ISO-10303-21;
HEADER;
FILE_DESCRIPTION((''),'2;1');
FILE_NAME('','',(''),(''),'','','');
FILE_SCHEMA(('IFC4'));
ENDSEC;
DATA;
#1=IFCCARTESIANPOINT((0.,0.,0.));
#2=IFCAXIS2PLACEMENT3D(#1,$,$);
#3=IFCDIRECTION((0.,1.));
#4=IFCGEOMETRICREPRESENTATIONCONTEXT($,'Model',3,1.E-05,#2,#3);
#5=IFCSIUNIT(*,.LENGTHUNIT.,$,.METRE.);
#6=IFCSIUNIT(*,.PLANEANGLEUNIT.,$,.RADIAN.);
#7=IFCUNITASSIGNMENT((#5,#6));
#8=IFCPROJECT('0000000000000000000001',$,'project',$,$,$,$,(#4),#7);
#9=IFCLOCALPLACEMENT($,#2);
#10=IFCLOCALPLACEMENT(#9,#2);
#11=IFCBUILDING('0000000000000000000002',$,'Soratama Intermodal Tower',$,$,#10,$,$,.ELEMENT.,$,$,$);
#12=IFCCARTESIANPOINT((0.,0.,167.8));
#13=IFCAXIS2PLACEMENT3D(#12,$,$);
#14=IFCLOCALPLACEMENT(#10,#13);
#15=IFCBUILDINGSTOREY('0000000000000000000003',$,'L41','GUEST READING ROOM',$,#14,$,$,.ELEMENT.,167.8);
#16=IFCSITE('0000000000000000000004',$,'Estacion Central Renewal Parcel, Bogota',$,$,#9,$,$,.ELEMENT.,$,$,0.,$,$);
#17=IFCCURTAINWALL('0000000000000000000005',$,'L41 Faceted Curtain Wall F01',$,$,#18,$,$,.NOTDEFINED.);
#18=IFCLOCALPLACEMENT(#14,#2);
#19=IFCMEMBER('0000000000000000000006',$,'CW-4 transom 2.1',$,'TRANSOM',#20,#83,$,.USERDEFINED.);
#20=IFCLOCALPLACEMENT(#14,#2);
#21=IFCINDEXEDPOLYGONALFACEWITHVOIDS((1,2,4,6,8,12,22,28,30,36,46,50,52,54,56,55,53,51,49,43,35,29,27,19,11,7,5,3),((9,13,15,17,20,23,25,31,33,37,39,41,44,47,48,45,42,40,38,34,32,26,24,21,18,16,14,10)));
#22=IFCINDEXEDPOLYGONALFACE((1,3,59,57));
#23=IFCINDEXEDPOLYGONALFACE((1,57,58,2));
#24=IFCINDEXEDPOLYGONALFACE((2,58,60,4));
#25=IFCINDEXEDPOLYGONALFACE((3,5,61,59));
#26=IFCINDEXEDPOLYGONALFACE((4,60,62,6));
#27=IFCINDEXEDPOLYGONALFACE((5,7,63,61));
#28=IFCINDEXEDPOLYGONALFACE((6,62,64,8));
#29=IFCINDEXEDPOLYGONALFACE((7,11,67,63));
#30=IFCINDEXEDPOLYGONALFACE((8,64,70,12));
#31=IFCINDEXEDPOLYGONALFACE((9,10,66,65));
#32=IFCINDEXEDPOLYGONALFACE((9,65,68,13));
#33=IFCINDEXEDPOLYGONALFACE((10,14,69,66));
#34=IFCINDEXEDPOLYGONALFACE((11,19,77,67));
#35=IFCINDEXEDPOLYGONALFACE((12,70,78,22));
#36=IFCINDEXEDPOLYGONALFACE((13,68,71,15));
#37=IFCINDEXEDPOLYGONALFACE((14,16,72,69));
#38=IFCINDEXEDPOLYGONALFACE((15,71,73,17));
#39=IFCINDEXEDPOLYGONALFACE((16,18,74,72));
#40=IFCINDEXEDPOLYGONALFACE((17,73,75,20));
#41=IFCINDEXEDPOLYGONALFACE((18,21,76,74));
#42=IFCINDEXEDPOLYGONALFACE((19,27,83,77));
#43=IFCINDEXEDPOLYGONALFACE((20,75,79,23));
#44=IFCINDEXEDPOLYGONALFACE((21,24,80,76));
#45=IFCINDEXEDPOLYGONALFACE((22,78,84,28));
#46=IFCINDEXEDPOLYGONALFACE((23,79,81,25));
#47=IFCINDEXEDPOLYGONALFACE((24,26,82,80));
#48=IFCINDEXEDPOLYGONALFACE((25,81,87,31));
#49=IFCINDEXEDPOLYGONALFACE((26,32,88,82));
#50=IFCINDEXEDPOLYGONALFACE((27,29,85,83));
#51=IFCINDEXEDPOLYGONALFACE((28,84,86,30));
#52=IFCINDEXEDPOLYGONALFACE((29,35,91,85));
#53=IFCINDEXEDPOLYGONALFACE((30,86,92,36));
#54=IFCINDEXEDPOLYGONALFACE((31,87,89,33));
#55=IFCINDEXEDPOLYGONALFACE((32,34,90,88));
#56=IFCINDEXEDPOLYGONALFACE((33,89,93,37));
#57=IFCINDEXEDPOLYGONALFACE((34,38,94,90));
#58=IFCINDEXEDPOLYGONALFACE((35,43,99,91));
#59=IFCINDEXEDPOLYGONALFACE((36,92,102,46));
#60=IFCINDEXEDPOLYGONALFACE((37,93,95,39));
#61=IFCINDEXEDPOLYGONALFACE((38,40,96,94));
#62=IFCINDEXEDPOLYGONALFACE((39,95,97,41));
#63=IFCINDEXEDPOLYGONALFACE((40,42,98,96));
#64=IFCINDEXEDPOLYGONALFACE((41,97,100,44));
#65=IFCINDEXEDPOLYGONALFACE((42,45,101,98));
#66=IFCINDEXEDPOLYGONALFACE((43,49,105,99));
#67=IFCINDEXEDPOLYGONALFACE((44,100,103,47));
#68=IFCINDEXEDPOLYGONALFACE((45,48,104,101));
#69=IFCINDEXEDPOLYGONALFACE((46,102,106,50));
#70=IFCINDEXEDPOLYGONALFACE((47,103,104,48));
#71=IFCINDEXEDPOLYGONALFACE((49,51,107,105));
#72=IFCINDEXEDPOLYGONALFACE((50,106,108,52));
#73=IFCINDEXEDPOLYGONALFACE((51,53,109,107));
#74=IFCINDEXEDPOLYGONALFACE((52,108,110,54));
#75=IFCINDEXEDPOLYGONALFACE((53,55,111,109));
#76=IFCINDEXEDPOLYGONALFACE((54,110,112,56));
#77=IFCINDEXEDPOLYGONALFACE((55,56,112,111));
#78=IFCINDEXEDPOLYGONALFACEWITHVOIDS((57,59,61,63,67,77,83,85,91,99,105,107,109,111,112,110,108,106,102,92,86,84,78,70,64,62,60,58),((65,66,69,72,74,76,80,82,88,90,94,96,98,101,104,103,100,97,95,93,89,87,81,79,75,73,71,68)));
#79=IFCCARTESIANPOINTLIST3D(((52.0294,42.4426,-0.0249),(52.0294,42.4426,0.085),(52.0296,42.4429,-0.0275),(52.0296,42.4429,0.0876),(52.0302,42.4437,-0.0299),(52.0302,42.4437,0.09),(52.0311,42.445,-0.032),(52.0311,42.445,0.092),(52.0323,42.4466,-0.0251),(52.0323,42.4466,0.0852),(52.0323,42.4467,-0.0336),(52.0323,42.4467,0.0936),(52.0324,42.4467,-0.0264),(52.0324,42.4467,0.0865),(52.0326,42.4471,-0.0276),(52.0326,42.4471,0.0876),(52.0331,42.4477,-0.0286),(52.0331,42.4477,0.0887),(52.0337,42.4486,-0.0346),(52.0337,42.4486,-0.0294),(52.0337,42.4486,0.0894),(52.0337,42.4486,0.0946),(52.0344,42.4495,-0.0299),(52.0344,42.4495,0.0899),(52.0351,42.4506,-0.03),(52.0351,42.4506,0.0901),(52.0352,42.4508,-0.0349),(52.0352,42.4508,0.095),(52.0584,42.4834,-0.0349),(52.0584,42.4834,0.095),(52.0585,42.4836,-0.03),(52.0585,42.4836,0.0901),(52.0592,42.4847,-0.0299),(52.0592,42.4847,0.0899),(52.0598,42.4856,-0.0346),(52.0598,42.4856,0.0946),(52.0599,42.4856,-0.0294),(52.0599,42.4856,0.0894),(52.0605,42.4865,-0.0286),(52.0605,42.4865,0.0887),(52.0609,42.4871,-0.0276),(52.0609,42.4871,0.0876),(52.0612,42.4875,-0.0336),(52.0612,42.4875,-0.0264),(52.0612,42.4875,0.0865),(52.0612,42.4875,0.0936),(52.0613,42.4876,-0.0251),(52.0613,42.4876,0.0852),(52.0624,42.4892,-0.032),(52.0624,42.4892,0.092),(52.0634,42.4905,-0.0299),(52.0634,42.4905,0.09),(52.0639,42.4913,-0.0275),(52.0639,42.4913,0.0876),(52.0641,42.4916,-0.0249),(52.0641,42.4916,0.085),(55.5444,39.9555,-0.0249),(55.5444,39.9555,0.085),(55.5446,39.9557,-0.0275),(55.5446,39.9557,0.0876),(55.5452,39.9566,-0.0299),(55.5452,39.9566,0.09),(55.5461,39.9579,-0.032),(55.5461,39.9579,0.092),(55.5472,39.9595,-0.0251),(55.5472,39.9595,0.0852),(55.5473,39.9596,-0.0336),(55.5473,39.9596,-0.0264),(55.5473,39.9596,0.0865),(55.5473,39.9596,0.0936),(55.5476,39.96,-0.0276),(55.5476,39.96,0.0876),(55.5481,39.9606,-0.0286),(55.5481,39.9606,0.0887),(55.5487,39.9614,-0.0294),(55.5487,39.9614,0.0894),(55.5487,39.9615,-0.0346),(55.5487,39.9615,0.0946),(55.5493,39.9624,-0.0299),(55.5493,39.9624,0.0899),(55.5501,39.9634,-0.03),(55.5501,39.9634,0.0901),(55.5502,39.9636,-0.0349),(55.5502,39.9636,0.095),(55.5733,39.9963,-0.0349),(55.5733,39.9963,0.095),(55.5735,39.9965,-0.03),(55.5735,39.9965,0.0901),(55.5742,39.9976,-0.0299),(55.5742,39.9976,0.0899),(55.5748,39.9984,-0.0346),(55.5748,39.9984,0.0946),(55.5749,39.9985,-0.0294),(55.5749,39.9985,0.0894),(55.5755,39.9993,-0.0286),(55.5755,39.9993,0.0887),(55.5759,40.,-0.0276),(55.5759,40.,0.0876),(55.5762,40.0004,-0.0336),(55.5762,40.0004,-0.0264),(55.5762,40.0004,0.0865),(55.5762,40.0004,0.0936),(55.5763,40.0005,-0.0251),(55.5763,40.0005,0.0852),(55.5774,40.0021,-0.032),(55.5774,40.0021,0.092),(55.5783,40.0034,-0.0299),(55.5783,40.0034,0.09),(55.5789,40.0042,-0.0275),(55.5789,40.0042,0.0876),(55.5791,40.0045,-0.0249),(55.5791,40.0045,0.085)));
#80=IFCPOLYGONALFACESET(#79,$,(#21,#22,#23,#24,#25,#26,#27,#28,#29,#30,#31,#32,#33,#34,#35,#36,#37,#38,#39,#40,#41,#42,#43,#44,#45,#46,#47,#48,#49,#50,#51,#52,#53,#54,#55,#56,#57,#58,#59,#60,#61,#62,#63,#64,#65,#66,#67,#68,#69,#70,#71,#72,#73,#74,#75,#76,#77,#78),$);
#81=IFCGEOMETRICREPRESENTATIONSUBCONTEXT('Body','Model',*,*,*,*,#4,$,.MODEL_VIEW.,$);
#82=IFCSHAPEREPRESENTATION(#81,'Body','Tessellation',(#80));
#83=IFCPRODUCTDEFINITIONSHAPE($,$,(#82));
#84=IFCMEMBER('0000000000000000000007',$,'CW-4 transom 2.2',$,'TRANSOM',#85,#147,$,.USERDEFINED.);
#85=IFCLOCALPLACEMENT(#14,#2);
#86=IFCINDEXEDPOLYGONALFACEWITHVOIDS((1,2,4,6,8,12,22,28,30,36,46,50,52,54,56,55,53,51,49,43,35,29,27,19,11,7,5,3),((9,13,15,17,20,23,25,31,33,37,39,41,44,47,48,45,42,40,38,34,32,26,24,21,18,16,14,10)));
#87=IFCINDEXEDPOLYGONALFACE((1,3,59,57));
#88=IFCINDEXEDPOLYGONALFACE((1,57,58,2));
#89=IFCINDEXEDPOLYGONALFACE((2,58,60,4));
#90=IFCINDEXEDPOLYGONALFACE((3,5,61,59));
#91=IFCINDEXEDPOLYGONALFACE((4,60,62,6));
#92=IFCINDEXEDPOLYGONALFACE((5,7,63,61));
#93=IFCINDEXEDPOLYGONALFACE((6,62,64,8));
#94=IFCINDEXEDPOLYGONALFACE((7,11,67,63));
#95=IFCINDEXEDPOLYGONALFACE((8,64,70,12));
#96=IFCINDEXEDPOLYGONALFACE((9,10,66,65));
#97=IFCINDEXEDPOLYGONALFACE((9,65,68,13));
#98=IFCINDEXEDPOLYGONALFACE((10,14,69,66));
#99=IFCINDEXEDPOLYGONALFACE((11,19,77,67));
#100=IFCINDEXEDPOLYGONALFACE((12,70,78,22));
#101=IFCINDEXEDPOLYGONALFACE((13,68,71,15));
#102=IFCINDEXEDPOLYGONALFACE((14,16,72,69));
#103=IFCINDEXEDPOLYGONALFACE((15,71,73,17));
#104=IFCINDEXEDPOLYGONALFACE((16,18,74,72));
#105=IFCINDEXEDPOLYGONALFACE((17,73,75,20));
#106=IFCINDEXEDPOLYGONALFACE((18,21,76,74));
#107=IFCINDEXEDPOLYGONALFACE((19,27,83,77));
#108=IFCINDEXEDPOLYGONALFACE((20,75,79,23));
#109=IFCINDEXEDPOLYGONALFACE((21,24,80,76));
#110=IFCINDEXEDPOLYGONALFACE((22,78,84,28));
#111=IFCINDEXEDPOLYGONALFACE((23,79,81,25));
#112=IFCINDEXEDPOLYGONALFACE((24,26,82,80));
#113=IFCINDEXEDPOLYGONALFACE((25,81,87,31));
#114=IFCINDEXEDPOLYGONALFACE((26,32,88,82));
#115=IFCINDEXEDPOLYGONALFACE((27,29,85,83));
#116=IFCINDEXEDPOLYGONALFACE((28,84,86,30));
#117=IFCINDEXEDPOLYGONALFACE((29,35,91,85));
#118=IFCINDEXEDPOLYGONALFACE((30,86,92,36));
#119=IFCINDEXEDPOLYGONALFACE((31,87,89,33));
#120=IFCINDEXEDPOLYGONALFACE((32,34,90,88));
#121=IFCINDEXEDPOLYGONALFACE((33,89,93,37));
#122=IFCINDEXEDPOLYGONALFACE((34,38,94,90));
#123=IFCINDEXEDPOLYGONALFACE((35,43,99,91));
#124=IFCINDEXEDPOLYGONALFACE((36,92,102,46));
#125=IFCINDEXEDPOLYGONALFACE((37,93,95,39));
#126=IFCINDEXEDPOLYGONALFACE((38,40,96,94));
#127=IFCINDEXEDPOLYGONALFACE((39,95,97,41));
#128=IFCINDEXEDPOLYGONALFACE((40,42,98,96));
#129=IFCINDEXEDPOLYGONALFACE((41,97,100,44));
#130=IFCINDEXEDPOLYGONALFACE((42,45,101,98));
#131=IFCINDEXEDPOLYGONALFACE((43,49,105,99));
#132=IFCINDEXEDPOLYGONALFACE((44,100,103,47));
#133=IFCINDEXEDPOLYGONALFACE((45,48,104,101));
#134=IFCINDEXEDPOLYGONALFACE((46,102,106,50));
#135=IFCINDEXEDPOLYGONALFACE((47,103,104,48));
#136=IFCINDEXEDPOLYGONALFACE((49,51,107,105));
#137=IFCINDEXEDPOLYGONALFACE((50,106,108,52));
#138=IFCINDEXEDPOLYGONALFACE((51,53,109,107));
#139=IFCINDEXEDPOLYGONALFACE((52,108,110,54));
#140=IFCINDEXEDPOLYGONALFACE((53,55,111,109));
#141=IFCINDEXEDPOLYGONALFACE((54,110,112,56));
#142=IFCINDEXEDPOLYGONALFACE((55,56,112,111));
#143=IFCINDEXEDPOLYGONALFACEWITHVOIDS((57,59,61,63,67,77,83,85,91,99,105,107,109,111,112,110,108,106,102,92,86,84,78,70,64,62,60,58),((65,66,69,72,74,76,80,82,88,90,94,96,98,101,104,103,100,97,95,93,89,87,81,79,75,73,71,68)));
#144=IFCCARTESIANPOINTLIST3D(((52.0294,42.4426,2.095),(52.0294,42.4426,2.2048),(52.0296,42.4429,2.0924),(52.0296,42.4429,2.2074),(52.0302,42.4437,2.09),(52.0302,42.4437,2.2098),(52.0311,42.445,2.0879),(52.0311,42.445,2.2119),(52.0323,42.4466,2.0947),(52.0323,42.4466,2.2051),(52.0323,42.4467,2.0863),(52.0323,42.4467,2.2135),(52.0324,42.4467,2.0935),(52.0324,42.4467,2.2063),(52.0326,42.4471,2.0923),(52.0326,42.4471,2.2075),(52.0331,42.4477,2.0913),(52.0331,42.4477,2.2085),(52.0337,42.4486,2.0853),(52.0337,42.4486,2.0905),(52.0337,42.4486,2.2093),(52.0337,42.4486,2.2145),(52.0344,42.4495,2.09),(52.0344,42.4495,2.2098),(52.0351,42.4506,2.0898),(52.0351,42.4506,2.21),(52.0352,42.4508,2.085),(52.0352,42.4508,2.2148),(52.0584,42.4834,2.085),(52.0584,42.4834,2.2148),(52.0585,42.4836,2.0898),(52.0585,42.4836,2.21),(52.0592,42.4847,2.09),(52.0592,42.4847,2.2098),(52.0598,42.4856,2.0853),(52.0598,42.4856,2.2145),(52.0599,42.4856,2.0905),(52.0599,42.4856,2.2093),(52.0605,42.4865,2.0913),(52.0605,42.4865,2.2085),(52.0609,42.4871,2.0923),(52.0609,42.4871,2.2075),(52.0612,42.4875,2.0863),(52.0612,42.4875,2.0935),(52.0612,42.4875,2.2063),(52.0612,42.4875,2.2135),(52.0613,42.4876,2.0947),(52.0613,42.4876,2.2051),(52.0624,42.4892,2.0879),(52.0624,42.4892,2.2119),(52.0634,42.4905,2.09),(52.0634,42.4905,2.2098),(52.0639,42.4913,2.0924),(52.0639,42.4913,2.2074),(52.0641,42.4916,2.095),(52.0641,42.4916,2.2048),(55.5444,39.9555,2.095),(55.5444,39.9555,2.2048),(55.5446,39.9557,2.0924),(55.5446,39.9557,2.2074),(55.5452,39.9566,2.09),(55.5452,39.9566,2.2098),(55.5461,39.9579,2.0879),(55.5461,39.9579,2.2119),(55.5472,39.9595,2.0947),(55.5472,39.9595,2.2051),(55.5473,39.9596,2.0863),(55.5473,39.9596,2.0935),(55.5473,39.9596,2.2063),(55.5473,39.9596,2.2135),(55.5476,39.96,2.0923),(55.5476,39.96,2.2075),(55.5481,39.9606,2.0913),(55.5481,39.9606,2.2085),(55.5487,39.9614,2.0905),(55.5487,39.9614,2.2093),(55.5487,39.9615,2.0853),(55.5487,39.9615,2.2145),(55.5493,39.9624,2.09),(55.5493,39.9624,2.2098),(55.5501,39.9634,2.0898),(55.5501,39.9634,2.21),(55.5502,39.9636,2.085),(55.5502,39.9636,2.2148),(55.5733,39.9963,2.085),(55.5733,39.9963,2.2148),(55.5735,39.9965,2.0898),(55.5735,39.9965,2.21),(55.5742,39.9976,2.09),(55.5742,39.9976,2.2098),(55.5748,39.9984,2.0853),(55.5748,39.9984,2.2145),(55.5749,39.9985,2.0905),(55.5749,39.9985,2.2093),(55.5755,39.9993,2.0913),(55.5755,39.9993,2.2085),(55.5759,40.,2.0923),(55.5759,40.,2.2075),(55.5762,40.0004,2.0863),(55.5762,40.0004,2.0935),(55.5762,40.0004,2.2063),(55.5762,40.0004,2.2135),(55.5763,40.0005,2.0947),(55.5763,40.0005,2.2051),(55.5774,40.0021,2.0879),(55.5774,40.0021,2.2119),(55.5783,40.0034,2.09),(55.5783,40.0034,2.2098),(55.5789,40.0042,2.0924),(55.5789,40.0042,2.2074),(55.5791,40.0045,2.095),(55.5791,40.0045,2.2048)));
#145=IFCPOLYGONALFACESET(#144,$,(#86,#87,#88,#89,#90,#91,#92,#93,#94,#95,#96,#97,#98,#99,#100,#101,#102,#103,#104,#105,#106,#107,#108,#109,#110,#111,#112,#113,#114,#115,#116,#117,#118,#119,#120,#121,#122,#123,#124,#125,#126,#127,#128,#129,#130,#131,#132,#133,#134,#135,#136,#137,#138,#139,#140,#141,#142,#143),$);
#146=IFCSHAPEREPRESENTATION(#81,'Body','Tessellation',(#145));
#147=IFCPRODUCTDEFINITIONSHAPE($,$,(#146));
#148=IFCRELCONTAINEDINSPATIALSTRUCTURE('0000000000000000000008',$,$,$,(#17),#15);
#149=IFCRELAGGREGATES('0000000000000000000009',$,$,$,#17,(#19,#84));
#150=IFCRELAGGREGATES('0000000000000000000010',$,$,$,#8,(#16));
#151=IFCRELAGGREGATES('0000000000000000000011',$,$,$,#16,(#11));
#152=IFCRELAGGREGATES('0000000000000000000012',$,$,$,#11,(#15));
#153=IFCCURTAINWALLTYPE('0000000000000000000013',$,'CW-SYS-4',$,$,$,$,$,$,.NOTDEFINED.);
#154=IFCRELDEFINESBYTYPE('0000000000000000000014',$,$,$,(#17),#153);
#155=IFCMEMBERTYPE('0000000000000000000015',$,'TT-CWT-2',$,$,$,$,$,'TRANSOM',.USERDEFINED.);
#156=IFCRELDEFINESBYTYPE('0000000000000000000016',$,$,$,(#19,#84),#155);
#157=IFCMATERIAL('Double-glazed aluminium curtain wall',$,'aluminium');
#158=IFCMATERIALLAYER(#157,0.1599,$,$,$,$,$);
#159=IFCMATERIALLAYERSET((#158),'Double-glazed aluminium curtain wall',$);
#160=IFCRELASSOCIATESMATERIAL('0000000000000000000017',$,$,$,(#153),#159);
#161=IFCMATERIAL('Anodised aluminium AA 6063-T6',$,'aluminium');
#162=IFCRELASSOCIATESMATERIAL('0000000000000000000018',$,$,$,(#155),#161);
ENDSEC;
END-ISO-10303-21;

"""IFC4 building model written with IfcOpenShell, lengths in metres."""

from ifc_helpers import new_model, si_unit, direction, frame, origin, origin_2d, place, context, subcontext, project, spatial, hollow_rectangle, extrude, material, layer, layer_set, material_profile, profile_set, type_object, element, aggregate, save


model = new_model("IFC4")

# Units and contexts
model_context = context("Model", 3, precision=1e-05, world=origin(), true_north=direction((0.0, 1.0)))
body_context = subcontext(model_context, "Body", "Model", "MODEL_VIEW")
ifc_project = project(units=[si_unit("LENGTHUNIT", "METRE"), si_unit("PLANEANGLEUNIT", "RADIAN")], contexts=[model_context])

# Site, building, storey
site_placement = place(None, origin())
site = spatial("IfcSite", under=ifc_project, at=site_placement, Name="Estacion Central Renewal Parcel, Bogota", CompositionType="ELEMENT", RefElevation=0.0)
building_placement = place(site_placement, origin())
building = spatial("IfcBuilding", under=site, at=building_placement, Name="Soratama Intermodal Tower", CompositionType="ELEMENT")
storey_placement = place(building_placement, frame((0.0, 0.0, 167.8)))
storey = spatial("IfcBuildingStorey", under=building, at=storey_placement, Name="L41", Description="GUEST READING ROOM", CompositionType="ELEMENT", Elevation=167.8)

# Curtain wall
ifc_material_1 = material(Name="Double-glazed aluminium curtain wall", Category="aluminium")
ifc_layer_1 = layer(ifc_material_1, 0.1599)
ifc_layer_set_1 = layer_set([ifc_layer_1], Name="Double-glazed aluminium curtain wall")
curtain_wall_type = type_object("IfcCurtainWallType", Name="CW-SYS-4", PredefinedType="NOTDEFINED", material=ifc_layer_set_1)
curtain_wall_1_placement = place(storey_placement, origin())
curtain_wall_1 = element("IfcCurtainWall", 1, at=curtain_wall_1_placement, inside=storey, type_object=curtain_wall_type, Name="L41 Faceted Curtain Wall F01", PredefinedType="NOTDEFINED")

# Members
ifc_material_2 = material(Name="Anodised aluminium AA 6063-T6", Category="aluminium")
ifc_material_profile_1 = material_profile(ifc_material_2, hollow_rectangle(XDim=0.0601, YDim=0.1299, WallThickness=0.0049, InnerFilletRadius=0.0049, OuterFilletRadius=0.01, at=origin_2d()), Name="CWT130X60X5")
ifc_profile_set_1 = profile_set([ifc_material_profile_1], Name="Anodised aluminium AA 6063-T6")
member_type_1 = type_object("IfcMemberType", Name="TT-CWT-2", ElementType="TRANSOM", PredefinedType="USERDEFINED", material=ifc_profile_set_1)
member_1_placement = place(storey_placement, frame((55.5618, 39.98, 0.03), z_axis=(-0.816315, 0.577607, 0.0), x_axis=(-0.577607, -0.816315, 0.0)))
member_1 = element("IfcMember", 2, at=member_1_placement, type_object=member_type_1, Name="CW-4 transom 2.1", ObjectType="TRANSOM", PredefinedType="USERDEFINED", context=body_context, shape_type="SweptSolid", body=[
    extrude(hollow_rectangle(XDim=0.0601, YDim=0.1299, WallThickness=0.0049, InnerFilletRadius=0.0049, OuterFilletRadius=0.01, at=origin_2d()), origin(), (0.0, 0.0, 1.0), 4.3059),
])
member_2_placement = place(storey_placement, frame((55.5618, 39.98, 2.1499), z_axis=(-0.816315, 0.577607, 0.0), x_axis=(-0.577607, -0.816315, 0.0)))
member_2 = element("IfcMember", 3, at=member_2_placement, type_object=member_type_1, Name="CW-4 transom 2.2", ObjectType="TRANSOM", PredefinedType="USERDEFINED", context=body_context, shape_type="SweptSolid", body=[
    extrude(hollow_rectangle(XDim=0.0601, YDim=0.1299, WallThickness=0.0049, InnerFilletRadius=0.0049, OuterFilletRadius=0.01, at=origin_2d()), origin(), (0.0, 0.0, 1.0), 4.3059),
])

aggregate(curtain_wall_1, [member_1, member_2])

save(model, "model.ifc")
